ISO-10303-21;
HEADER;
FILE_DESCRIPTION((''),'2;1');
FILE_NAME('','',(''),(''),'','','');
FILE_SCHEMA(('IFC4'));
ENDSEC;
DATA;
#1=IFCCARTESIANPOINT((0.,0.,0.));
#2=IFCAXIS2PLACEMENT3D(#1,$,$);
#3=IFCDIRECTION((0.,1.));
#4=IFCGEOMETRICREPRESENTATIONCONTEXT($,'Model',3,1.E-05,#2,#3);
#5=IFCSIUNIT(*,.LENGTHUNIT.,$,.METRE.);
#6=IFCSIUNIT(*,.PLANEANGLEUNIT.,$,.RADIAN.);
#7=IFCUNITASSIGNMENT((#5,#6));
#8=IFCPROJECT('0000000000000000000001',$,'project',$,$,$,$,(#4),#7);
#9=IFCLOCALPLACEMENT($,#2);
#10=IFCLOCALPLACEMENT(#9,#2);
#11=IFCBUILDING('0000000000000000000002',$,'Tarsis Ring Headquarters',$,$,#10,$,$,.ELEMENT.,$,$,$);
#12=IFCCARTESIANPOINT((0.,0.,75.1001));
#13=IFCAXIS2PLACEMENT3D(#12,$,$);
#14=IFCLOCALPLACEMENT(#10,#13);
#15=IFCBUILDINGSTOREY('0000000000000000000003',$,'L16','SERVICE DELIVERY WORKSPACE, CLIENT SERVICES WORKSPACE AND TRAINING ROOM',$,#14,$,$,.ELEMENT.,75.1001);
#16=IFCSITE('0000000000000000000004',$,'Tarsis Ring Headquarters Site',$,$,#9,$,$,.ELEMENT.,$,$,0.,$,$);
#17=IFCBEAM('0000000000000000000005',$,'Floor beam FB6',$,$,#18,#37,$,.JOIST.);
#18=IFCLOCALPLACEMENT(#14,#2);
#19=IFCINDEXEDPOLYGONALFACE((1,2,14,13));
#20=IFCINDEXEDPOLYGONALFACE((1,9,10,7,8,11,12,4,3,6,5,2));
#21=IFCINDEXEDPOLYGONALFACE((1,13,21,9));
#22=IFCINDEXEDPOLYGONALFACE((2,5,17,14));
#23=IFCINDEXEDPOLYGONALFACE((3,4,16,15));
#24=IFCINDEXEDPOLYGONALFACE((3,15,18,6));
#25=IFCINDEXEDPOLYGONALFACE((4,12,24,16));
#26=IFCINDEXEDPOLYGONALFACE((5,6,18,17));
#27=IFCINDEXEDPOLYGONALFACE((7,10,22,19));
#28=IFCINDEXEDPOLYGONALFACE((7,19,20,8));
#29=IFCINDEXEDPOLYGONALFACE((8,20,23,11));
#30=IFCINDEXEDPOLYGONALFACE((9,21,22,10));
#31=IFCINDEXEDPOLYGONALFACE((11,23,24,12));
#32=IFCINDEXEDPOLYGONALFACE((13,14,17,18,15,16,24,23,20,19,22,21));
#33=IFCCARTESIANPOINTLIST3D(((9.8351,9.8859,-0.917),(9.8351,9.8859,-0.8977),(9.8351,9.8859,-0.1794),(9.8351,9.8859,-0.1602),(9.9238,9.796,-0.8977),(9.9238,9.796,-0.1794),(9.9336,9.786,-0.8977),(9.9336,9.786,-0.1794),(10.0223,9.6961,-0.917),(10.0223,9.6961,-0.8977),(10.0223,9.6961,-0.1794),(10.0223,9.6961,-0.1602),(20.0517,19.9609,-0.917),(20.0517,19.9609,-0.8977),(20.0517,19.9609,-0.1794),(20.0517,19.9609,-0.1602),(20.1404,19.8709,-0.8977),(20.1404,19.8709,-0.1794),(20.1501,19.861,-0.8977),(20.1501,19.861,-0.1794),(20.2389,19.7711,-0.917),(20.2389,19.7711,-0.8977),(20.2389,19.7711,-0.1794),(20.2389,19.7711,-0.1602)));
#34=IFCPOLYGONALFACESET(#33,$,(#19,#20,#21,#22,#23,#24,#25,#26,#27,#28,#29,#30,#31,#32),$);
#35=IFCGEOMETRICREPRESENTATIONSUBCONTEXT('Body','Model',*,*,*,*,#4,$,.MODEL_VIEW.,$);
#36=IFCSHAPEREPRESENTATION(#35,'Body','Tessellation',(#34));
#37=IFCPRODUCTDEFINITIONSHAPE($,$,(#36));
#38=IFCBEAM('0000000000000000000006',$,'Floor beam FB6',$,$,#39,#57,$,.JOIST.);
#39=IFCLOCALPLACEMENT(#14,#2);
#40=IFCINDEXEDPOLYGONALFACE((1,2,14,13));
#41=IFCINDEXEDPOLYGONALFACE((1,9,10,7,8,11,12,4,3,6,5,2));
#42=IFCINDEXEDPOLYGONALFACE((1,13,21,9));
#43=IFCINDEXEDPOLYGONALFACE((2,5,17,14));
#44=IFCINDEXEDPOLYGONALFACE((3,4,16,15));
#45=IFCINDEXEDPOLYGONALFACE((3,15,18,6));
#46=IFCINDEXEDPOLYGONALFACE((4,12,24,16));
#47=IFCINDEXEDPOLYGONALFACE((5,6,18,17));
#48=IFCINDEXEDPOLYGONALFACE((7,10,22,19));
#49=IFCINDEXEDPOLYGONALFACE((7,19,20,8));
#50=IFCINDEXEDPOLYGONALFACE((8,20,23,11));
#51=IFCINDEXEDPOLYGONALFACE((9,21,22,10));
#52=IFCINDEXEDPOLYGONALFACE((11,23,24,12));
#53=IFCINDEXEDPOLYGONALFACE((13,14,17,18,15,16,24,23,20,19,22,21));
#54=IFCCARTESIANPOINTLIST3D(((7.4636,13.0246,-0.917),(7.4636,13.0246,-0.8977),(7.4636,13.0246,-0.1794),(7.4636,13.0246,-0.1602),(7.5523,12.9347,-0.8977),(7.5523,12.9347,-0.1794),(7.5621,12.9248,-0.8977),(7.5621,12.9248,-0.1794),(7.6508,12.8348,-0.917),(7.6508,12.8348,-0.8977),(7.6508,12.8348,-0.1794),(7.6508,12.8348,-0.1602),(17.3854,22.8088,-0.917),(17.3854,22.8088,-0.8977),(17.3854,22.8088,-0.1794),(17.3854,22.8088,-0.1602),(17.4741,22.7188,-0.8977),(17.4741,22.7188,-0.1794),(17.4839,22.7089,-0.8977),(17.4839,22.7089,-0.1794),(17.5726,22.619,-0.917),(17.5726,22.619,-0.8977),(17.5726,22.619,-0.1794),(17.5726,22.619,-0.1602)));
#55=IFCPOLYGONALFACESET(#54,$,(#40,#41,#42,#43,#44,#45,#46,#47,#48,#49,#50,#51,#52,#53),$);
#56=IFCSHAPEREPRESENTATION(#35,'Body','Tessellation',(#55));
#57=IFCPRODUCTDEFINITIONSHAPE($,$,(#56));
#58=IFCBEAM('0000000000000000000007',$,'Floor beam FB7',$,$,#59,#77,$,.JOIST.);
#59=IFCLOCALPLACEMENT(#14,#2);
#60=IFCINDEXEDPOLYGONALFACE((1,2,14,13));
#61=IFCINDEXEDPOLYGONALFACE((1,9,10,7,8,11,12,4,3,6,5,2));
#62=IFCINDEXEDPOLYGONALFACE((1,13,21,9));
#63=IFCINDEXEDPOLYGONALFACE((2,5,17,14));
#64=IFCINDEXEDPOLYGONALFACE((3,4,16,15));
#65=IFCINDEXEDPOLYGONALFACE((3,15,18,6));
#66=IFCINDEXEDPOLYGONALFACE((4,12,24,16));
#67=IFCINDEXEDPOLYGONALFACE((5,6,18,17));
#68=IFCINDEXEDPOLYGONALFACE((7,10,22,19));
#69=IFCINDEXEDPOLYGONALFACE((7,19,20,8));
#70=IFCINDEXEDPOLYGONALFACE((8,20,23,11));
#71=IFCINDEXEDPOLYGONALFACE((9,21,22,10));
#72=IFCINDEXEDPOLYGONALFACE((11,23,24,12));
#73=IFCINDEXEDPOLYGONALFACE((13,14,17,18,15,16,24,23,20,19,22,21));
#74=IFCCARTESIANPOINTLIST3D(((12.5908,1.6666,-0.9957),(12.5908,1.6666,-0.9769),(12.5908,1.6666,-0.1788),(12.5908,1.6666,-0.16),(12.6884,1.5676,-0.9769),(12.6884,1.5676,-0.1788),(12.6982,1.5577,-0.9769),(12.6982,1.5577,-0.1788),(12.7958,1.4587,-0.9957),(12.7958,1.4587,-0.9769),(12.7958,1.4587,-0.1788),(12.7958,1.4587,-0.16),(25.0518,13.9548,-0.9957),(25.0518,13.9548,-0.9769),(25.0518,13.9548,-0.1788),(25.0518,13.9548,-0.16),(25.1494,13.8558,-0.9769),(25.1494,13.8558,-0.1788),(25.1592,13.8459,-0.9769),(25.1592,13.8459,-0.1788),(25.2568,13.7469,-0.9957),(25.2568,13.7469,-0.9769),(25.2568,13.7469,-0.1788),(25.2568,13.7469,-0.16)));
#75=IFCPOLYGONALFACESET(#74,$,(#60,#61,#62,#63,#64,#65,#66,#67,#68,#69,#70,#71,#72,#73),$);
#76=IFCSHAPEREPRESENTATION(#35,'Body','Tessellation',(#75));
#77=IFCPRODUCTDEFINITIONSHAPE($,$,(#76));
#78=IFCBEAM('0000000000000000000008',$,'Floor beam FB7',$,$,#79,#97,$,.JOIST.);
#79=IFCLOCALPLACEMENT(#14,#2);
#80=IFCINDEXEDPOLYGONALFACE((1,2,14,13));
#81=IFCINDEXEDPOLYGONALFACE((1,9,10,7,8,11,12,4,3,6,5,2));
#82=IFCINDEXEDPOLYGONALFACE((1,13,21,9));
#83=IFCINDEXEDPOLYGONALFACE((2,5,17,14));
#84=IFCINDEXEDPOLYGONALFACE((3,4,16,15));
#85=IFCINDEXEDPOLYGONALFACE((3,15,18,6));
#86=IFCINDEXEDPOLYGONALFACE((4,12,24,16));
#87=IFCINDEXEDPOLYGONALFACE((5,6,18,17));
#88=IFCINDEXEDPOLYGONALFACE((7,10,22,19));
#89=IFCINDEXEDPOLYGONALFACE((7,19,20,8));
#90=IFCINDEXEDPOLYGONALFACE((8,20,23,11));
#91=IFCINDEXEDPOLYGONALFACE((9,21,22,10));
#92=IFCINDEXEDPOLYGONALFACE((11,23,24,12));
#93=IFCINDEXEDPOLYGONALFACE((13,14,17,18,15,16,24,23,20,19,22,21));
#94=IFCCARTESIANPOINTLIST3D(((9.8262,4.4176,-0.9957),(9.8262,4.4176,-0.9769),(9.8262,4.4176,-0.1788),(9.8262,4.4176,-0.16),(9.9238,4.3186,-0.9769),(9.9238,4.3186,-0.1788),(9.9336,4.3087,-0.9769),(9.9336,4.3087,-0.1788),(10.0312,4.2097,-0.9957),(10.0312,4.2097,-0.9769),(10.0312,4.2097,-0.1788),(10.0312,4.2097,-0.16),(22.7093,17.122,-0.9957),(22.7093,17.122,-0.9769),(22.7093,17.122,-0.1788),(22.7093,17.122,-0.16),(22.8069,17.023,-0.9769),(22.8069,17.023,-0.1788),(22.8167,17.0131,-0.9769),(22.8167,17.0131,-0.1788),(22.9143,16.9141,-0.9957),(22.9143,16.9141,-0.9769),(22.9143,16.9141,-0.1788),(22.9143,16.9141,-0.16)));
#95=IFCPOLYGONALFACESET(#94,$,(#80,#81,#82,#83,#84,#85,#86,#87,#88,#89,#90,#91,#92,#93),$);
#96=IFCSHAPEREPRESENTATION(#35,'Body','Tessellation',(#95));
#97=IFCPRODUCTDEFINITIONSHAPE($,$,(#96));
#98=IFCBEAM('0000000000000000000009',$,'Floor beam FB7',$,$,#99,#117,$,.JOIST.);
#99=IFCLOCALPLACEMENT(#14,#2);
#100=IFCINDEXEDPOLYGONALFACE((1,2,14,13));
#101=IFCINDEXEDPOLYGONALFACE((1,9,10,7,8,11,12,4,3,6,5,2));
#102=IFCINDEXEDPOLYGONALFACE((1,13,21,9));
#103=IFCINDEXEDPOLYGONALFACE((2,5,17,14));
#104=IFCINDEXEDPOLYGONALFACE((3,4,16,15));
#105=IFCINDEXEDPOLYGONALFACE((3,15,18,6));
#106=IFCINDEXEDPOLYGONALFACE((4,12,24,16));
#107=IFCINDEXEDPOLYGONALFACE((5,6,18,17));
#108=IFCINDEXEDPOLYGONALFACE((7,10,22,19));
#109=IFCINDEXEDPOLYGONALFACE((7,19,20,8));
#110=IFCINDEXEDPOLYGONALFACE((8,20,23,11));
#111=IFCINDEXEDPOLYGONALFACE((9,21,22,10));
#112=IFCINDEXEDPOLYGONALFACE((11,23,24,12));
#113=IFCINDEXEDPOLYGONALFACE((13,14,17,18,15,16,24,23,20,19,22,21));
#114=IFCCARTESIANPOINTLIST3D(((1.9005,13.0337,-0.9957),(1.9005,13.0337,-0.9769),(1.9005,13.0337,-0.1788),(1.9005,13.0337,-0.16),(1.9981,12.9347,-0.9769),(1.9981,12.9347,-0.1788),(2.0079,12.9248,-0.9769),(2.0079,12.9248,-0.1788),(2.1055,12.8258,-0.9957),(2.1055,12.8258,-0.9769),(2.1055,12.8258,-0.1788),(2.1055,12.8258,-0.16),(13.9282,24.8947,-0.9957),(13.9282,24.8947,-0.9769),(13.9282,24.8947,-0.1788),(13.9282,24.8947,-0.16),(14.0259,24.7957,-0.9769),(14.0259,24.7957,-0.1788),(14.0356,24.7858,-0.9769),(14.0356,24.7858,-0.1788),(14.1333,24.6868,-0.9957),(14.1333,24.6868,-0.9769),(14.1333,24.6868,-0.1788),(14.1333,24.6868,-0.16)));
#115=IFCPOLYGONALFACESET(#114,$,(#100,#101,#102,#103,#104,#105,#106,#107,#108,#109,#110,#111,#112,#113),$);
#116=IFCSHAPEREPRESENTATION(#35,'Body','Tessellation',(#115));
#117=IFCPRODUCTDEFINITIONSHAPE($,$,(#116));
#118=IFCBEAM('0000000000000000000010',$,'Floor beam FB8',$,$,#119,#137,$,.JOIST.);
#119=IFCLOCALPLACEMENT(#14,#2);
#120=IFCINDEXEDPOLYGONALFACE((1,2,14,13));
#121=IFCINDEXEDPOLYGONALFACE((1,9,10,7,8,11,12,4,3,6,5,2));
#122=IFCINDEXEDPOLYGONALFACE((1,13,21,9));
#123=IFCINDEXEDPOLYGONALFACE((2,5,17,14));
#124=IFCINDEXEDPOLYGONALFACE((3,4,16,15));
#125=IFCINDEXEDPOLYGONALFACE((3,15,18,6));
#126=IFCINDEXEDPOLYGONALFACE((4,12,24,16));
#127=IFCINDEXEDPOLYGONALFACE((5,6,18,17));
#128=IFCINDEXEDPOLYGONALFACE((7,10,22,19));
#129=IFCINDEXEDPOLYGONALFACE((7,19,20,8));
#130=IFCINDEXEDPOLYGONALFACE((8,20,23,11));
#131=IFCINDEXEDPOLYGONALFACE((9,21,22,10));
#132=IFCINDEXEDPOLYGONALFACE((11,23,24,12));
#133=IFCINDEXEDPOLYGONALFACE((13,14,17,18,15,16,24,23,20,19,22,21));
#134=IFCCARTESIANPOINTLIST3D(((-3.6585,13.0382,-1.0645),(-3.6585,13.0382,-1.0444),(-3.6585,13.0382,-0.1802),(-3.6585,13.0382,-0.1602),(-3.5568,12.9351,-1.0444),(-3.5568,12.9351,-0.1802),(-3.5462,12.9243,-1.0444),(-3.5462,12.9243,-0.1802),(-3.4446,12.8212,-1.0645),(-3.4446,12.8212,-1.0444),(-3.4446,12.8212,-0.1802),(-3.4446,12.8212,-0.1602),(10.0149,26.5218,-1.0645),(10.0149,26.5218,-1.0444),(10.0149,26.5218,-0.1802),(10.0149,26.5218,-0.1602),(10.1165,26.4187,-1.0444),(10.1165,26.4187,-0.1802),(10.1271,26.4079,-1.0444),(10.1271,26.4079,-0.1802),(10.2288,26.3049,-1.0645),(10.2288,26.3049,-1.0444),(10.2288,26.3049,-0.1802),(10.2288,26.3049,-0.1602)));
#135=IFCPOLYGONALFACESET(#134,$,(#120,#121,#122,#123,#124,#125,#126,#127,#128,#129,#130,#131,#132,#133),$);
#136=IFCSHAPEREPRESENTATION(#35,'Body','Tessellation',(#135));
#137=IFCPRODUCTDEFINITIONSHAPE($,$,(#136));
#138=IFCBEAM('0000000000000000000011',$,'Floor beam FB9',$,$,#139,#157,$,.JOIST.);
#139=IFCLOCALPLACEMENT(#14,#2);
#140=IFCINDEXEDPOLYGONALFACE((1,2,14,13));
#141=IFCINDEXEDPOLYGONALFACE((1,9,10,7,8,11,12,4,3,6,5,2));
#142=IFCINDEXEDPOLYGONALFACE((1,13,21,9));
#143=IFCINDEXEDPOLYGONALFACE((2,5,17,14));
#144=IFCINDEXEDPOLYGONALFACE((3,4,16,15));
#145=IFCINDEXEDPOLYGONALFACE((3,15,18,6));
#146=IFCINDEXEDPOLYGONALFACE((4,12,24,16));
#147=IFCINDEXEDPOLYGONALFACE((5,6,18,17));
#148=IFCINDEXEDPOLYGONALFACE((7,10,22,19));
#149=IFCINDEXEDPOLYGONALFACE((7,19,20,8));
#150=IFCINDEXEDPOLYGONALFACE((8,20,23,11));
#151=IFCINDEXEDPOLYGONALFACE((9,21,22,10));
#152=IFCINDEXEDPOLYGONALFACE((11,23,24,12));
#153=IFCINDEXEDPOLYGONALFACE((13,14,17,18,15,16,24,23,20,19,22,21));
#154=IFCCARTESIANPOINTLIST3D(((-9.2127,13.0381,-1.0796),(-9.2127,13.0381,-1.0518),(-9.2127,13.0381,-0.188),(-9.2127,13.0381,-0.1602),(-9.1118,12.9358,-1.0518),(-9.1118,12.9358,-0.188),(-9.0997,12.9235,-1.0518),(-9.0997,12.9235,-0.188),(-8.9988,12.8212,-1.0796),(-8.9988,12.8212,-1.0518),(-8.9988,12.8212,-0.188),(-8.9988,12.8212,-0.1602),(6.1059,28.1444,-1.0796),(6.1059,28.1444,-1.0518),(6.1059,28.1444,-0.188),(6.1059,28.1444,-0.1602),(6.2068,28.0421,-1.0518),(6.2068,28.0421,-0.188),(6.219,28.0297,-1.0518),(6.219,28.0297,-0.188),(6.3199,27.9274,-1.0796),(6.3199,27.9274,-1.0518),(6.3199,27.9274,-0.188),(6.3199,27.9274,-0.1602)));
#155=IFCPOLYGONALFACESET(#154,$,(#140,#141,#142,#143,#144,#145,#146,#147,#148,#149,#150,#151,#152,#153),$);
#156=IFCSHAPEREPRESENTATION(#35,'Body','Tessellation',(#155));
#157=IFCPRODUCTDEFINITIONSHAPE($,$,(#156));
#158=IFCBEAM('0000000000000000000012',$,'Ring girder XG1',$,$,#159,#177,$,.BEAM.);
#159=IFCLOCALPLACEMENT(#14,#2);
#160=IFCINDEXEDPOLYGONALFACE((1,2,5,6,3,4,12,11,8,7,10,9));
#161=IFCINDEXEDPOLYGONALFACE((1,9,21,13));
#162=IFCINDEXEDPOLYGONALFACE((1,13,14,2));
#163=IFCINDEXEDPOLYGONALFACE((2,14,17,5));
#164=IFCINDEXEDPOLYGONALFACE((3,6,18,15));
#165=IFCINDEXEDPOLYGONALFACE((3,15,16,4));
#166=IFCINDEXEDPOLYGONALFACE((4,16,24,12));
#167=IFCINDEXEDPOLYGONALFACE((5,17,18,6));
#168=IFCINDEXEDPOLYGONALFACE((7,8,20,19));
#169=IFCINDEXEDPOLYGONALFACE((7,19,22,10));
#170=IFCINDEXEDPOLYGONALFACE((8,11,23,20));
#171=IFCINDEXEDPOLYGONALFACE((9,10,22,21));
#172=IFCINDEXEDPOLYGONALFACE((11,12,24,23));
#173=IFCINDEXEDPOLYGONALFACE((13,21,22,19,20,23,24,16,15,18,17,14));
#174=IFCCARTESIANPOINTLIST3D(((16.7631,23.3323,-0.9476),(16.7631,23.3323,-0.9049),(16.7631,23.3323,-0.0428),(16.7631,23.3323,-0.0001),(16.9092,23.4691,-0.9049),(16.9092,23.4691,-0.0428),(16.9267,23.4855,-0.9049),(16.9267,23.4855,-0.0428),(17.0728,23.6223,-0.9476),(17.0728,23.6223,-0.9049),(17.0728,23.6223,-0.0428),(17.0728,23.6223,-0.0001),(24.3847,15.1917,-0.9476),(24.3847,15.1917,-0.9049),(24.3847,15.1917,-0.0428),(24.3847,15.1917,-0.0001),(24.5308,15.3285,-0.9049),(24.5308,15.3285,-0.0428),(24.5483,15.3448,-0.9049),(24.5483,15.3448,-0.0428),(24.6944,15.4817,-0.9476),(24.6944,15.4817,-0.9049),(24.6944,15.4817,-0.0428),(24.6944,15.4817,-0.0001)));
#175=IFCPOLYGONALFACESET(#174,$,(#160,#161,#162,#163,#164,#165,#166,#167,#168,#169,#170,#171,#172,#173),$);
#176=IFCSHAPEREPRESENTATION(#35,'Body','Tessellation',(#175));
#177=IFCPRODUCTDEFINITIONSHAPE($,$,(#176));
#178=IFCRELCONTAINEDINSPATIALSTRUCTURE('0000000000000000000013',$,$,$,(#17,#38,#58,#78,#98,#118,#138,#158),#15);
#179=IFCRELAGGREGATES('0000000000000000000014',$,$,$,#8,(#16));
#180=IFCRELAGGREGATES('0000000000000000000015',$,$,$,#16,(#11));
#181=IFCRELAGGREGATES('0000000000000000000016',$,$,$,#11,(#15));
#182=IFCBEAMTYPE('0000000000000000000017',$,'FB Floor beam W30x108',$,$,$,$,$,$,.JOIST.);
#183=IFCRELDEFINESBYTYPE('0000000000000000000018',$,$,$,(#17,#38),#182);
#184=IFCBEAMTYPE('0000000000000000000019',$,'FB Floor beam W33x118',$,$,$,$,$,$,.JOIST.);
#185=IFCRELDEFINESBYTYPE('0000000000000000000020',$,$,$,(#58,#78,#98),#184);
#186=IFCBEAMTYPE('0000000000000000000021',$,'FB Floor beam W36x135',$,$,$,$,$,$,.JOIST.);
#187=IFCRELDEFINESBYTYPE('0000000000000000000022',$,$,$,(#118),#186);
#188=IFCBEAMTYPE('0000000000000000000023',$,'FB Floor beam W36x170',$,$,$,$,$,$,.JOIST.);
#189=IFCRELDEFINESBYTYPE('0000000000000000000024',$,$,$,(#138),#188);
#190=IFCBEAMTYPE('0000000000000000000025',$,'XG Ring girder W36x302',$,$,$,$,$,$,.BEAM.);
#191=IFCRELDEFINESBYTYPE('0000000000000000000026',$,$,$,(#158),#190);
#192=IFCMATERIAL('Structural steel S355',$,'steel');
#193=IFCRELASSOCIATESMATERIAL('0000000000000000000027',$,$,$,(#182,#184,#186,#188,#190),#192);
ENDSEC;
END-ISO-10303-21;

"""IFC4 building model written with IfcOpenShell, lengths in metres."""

from ifc_helpers import new_model, si_unit, direction, frame, origin, origin_2d, place, context, subcontext, project, spatial, i_section, extrude, material, material_profile, profile_set, type_object, element, save


model = new_model("IFC4")

# Units and contexts
model_context = context("Model", 3, precision=1e-05, world=origin(), true_north=direction((0.0, 1.0)))
body_context = subcontext(model_context, "Body", "Model", "MODEL_VIEW")
ifc_project = project(units=[si_unit("LENGTHUNIT", "METRE"), si_unit("PLANEANGLEUNIT", "RADIAN")], contexts=[model_context])

# Site, building, storey
site_placement = place(None, origin())
site = spatial("IfcSite", under=ifc_project, at=site_placement, Name="Tarsis Ring Headquarters Site", CompositionType="ELEMENT", RefElevation=0.0)
building_placement = place(site_placement, origin())
building = spatial("IfcBuilding", under=site, at=building_placement, Name="Tarsis Ring Headquarters", CompositionType="ELEMENT")
storey_placement = place(building_placement, frame((0.0, 0.0, 75.1001)))
storey = spatial("IfcBuildingStorey", under=building, at=storey_placement, Name="L16", Description="SERVICE DELIVERY WORKSPACE, CLIENT SERVICES WORKSPACE AND TRAINING ROOM", CompositionType="ELEMENT", Elevation=75.1001)

# Beams
ifc_material_1 = material(Name="Structural steel S355", Category="steel")
ifc_material_profile_1 = material_profile(ifc_material_1, i_section(OverallWidth=0.2666, OverallDepth=0.7568, WebThickness=0.0139, FlangeThickness=0.0193, at=origin_2d()), Name="W30x108")
ifc_profile_set_1 = profile_set([ifc_material_profile_1], Name="Structural steel S355")
beam_type_1 = type_object("IfcBeamType", Name="FB Floor beam W30x108", PredefinedType="JOIST", material=ifc_profile_set_1)
beam_1_placement = place(storey_placement, frame((20.1453, 19.866, -0.5386), z_axis=(-0.712024, -0.702155, 0.0), x_axis=(0.702155, -0.712024, 0.0)))
element("IfcBeam", 1, at=beam_1_placement, inside=storey, type_object=beam_type_1, Name="Floor beam FB6", PredefinedType="JOIST", context=body_context, shape_type="SweptSolid", body=[
    extrude(i_section(OverallWidth=0.2666, OverallDepth=0.7568, WebThickness=0.0139, FlangeThickness=0.0193, at=origin_2d()), origin(), (0.0, 0.0, 1.0), 14.3486),
])
beam_2_placement = place(storey_placement, frame((17.479, 22.7139, -0.5386), z_axis=(-0.71203, -0.702149, 0.0), x_axis=(0.702149, -0.71203, 0.0)))
element("IfcBeam", 2, at=beam_2_placement, inside=storey, type_object=beam_type_1, Name="Floor beam FB6", PredefinedType="JOIST", context=body_context, shape_type="SweptSolid", body=[
    extrude(i_section(OverallWidth=0.2666, OverallDepth=0.7568, WebThickness=0.0139, FlangeThickness=0.0193, at=origin_2d()), origin(), (0.0, 0.0, 1.0), 13.9346),
])
ifc_material_profile_2 = material_profile(ifc_material_1, i_section(OverallWidth=0.292, OverallDepth=0.8357, WebThickness=0.0139, FlangeThickness=0.0188, at=origin_2d()), Name="W33x118")
ifc_profile_set_2 = profile_set([ifc_material_profile_2], Name="Structural steel S355")
beam_type_2 = type_object("IfcBeamType", Name="FB Floor beam W33x118", PredefinedType="JOIST", material=ifc_profile_set_2)
beam_3_placement = place(storey_placement, frame((25.1543, 13.8508, -0.5779), z_axis=(-0.712028, -0.702151, 0.0), x_axis=(0.702151, -0.712028, 0.0)))
element("IfcBeam", 3, at=beam_3_placement, inside=storey, type_object=beam_type_2, Name="Floor beam FB7", PredefinedType="JOIST", context=body_context, shape_type="SweptSolid", body=[
    extrude(i_section(OverallWidth=0.292, OverallDepth=0.8357, WebThickness=0.0139, FlangeThickness=0.0188, at=origin_2d()), origin(), (0.0, 0.0, 1.0), 17.5007),
])
beam_4_placement = place(storey_placement, frame((22.8118, 17.0181, -0.5779), z_axis=(-0.712028, -0.702151, 0.0), x_axis=(0.702151, -0.712028, 0.0)))
element("IfcBeam", 4, at=beam_4_placement, inside=storey, type_object=beam_type_2, Name="Floor beam FB7", PredefinedType="JOIST", context=body_context, shape_type="SweptSolid", body=[
    extrude(i_section(OverallWidth=0.292, OverallDepth=0.8357, WebThickness=0.0139, FlangeThickness=0.0188, at=origin_2d()), origin(), (0.0, 0.0, 1.0), 18.0935),
])
beam_5_placement = place(storey_placement, frame((14.0308, 24.7908, -0.5779), z_axis=(-0.712025, -0.702154, 0.0), x_axis=(0.702154, -0.712025, 0.0)))
element("IfcBeam", 5, at=beam_5_placement, inside=storey, type_object=beam_type_2, Name="Floor beam FB7", PredefinedType="JOIST", context=body_context, shape_type="SweptSolid", body=[
    extrude(i_section(OverallWidth=0.292, OverallDepth=0.8357, WebThickness=0.0139, FlangeThickness=0.0188, at=origin_2d()), origin(), (0.0, 0.0, 1.0), 16.8923),
])
ifc_material_profile_3 = material_profile(ifc_material_1, i_section(OverallWidth=0.3047, OverallDepth=0.9043, WebThickness=0.0151, FlangeThickness=0.02, at=origin_2d()), Name="W36x135")
ifc_profile_set_3 = profile_set([ifc_material_profile_3], Name="Structural steel S355")
beam_type_3 = type_object("IfcBeamType", Name="FB Floor beam W36x135", PredefinedType="JOIST", material=ifc_profile_set_3)
beam_6_placement = place(storey_placement, frame((10.1218, 26.4133, -0.6123), z_axis=(-0.712029, -0.70215, 0.0), x_axis=(0.70215, -0.712029, 0.0)))
element("IfcBeam", 6, at=beam_6_placement, inside=storey, type_object=beam_type_3, Name="Floor beam FB8", PredefinedType="JOIST", context=body_context, shape_type="SweptSolid", body=[
    extrude(i_section(OverallWidth=0.3047, OverallDepth=0.9043, WebThickness=0.0151, FlangeThickness=0.02, at=origin_2d()), origin(), (0.0, 0.0, 1.0), 19.2034),
])
ifc_material_profile_4 = material_profile(ifc_material_1, i_section(OverallWidth=0.3047, OverallDepth=0.9194, WebThickness=0.0173, FlangeThickness=0.0278, at=origin_2d()), Name="W36x170")
ifc_profile_set_4 = profile_set([ifc_material_profile_4], Name="Structural steel S355")
beam_type_4 = type_object("IfcBeamType", Name="FB Floor beam W36x170", PredefinedType="JOIST", material=ifc_profile_set_4)
beam_7_placement = place(storey_placement, frame((6.2129, 28.0359, -0.6199), z_axis=(-0.712026, -0.702153, 0.0), x_axis=(0.702153, -0.712026, 0.0)))
element("IfcBeam", 7, at=beam_7_placement, inside=storey, type_object=beam_type_4, Name="Floor beam FB9", PredefinedType="JOIST", context=body_context, shape_type="SweptSolid", body=[
    extrude(i_section(OverallWidth=0.3047, OverallDepth=0.9194, WebThickness=0.0173, FlangeThickness=0.0278, at=origin_2d()), origin(), (0.0, 0.0, 1.0), 21.5142),
])
ifc_material_profile_5 = material_profile(ifc_material_1, i_section(OverallWidth=0.4243, OverallDepth=0.9475, WebThickness=0.0239, FlangeThickness=0.0427, at=origin_2d()), Name="W36x302")
ifc_profile_set_5 = profile_set([ifc_material_profile_5], Name="Structural steel S355")
beam_type_5 = type_object("IfcBeamType", Name="XG Ring girder W36x302", PredefinedType="BEAM", material=ifc_profile_set_5)
for number, where, z_axis, x_axis, name in (
    (8, (24.5396, 15.3367, -0.4739), (-0.683452, 0.729996, 0.0), (-0.729996, -0.683452, 0.0), "Ring girder XG1"),
):
    element("IfcBeam", number, at=place(storey_placement, frame(where, z_axis=z_axis, x_axis=x_axis)), inside=storey, type_object=beam_type_5, Name=name, PredefinedType="BEAM", context=body_context, shape_type="SweptSolid", body=[
        extrude(i_section(OverallWidth=0.4243, OverallDepth=0.9475, WebThickness=0.0239, FlangeThickness=0.0427, at=origin_2d()), origin(), (0.0, 0.0, 1.0), 11.1516),
    ])

save(model, "model.ifc")
